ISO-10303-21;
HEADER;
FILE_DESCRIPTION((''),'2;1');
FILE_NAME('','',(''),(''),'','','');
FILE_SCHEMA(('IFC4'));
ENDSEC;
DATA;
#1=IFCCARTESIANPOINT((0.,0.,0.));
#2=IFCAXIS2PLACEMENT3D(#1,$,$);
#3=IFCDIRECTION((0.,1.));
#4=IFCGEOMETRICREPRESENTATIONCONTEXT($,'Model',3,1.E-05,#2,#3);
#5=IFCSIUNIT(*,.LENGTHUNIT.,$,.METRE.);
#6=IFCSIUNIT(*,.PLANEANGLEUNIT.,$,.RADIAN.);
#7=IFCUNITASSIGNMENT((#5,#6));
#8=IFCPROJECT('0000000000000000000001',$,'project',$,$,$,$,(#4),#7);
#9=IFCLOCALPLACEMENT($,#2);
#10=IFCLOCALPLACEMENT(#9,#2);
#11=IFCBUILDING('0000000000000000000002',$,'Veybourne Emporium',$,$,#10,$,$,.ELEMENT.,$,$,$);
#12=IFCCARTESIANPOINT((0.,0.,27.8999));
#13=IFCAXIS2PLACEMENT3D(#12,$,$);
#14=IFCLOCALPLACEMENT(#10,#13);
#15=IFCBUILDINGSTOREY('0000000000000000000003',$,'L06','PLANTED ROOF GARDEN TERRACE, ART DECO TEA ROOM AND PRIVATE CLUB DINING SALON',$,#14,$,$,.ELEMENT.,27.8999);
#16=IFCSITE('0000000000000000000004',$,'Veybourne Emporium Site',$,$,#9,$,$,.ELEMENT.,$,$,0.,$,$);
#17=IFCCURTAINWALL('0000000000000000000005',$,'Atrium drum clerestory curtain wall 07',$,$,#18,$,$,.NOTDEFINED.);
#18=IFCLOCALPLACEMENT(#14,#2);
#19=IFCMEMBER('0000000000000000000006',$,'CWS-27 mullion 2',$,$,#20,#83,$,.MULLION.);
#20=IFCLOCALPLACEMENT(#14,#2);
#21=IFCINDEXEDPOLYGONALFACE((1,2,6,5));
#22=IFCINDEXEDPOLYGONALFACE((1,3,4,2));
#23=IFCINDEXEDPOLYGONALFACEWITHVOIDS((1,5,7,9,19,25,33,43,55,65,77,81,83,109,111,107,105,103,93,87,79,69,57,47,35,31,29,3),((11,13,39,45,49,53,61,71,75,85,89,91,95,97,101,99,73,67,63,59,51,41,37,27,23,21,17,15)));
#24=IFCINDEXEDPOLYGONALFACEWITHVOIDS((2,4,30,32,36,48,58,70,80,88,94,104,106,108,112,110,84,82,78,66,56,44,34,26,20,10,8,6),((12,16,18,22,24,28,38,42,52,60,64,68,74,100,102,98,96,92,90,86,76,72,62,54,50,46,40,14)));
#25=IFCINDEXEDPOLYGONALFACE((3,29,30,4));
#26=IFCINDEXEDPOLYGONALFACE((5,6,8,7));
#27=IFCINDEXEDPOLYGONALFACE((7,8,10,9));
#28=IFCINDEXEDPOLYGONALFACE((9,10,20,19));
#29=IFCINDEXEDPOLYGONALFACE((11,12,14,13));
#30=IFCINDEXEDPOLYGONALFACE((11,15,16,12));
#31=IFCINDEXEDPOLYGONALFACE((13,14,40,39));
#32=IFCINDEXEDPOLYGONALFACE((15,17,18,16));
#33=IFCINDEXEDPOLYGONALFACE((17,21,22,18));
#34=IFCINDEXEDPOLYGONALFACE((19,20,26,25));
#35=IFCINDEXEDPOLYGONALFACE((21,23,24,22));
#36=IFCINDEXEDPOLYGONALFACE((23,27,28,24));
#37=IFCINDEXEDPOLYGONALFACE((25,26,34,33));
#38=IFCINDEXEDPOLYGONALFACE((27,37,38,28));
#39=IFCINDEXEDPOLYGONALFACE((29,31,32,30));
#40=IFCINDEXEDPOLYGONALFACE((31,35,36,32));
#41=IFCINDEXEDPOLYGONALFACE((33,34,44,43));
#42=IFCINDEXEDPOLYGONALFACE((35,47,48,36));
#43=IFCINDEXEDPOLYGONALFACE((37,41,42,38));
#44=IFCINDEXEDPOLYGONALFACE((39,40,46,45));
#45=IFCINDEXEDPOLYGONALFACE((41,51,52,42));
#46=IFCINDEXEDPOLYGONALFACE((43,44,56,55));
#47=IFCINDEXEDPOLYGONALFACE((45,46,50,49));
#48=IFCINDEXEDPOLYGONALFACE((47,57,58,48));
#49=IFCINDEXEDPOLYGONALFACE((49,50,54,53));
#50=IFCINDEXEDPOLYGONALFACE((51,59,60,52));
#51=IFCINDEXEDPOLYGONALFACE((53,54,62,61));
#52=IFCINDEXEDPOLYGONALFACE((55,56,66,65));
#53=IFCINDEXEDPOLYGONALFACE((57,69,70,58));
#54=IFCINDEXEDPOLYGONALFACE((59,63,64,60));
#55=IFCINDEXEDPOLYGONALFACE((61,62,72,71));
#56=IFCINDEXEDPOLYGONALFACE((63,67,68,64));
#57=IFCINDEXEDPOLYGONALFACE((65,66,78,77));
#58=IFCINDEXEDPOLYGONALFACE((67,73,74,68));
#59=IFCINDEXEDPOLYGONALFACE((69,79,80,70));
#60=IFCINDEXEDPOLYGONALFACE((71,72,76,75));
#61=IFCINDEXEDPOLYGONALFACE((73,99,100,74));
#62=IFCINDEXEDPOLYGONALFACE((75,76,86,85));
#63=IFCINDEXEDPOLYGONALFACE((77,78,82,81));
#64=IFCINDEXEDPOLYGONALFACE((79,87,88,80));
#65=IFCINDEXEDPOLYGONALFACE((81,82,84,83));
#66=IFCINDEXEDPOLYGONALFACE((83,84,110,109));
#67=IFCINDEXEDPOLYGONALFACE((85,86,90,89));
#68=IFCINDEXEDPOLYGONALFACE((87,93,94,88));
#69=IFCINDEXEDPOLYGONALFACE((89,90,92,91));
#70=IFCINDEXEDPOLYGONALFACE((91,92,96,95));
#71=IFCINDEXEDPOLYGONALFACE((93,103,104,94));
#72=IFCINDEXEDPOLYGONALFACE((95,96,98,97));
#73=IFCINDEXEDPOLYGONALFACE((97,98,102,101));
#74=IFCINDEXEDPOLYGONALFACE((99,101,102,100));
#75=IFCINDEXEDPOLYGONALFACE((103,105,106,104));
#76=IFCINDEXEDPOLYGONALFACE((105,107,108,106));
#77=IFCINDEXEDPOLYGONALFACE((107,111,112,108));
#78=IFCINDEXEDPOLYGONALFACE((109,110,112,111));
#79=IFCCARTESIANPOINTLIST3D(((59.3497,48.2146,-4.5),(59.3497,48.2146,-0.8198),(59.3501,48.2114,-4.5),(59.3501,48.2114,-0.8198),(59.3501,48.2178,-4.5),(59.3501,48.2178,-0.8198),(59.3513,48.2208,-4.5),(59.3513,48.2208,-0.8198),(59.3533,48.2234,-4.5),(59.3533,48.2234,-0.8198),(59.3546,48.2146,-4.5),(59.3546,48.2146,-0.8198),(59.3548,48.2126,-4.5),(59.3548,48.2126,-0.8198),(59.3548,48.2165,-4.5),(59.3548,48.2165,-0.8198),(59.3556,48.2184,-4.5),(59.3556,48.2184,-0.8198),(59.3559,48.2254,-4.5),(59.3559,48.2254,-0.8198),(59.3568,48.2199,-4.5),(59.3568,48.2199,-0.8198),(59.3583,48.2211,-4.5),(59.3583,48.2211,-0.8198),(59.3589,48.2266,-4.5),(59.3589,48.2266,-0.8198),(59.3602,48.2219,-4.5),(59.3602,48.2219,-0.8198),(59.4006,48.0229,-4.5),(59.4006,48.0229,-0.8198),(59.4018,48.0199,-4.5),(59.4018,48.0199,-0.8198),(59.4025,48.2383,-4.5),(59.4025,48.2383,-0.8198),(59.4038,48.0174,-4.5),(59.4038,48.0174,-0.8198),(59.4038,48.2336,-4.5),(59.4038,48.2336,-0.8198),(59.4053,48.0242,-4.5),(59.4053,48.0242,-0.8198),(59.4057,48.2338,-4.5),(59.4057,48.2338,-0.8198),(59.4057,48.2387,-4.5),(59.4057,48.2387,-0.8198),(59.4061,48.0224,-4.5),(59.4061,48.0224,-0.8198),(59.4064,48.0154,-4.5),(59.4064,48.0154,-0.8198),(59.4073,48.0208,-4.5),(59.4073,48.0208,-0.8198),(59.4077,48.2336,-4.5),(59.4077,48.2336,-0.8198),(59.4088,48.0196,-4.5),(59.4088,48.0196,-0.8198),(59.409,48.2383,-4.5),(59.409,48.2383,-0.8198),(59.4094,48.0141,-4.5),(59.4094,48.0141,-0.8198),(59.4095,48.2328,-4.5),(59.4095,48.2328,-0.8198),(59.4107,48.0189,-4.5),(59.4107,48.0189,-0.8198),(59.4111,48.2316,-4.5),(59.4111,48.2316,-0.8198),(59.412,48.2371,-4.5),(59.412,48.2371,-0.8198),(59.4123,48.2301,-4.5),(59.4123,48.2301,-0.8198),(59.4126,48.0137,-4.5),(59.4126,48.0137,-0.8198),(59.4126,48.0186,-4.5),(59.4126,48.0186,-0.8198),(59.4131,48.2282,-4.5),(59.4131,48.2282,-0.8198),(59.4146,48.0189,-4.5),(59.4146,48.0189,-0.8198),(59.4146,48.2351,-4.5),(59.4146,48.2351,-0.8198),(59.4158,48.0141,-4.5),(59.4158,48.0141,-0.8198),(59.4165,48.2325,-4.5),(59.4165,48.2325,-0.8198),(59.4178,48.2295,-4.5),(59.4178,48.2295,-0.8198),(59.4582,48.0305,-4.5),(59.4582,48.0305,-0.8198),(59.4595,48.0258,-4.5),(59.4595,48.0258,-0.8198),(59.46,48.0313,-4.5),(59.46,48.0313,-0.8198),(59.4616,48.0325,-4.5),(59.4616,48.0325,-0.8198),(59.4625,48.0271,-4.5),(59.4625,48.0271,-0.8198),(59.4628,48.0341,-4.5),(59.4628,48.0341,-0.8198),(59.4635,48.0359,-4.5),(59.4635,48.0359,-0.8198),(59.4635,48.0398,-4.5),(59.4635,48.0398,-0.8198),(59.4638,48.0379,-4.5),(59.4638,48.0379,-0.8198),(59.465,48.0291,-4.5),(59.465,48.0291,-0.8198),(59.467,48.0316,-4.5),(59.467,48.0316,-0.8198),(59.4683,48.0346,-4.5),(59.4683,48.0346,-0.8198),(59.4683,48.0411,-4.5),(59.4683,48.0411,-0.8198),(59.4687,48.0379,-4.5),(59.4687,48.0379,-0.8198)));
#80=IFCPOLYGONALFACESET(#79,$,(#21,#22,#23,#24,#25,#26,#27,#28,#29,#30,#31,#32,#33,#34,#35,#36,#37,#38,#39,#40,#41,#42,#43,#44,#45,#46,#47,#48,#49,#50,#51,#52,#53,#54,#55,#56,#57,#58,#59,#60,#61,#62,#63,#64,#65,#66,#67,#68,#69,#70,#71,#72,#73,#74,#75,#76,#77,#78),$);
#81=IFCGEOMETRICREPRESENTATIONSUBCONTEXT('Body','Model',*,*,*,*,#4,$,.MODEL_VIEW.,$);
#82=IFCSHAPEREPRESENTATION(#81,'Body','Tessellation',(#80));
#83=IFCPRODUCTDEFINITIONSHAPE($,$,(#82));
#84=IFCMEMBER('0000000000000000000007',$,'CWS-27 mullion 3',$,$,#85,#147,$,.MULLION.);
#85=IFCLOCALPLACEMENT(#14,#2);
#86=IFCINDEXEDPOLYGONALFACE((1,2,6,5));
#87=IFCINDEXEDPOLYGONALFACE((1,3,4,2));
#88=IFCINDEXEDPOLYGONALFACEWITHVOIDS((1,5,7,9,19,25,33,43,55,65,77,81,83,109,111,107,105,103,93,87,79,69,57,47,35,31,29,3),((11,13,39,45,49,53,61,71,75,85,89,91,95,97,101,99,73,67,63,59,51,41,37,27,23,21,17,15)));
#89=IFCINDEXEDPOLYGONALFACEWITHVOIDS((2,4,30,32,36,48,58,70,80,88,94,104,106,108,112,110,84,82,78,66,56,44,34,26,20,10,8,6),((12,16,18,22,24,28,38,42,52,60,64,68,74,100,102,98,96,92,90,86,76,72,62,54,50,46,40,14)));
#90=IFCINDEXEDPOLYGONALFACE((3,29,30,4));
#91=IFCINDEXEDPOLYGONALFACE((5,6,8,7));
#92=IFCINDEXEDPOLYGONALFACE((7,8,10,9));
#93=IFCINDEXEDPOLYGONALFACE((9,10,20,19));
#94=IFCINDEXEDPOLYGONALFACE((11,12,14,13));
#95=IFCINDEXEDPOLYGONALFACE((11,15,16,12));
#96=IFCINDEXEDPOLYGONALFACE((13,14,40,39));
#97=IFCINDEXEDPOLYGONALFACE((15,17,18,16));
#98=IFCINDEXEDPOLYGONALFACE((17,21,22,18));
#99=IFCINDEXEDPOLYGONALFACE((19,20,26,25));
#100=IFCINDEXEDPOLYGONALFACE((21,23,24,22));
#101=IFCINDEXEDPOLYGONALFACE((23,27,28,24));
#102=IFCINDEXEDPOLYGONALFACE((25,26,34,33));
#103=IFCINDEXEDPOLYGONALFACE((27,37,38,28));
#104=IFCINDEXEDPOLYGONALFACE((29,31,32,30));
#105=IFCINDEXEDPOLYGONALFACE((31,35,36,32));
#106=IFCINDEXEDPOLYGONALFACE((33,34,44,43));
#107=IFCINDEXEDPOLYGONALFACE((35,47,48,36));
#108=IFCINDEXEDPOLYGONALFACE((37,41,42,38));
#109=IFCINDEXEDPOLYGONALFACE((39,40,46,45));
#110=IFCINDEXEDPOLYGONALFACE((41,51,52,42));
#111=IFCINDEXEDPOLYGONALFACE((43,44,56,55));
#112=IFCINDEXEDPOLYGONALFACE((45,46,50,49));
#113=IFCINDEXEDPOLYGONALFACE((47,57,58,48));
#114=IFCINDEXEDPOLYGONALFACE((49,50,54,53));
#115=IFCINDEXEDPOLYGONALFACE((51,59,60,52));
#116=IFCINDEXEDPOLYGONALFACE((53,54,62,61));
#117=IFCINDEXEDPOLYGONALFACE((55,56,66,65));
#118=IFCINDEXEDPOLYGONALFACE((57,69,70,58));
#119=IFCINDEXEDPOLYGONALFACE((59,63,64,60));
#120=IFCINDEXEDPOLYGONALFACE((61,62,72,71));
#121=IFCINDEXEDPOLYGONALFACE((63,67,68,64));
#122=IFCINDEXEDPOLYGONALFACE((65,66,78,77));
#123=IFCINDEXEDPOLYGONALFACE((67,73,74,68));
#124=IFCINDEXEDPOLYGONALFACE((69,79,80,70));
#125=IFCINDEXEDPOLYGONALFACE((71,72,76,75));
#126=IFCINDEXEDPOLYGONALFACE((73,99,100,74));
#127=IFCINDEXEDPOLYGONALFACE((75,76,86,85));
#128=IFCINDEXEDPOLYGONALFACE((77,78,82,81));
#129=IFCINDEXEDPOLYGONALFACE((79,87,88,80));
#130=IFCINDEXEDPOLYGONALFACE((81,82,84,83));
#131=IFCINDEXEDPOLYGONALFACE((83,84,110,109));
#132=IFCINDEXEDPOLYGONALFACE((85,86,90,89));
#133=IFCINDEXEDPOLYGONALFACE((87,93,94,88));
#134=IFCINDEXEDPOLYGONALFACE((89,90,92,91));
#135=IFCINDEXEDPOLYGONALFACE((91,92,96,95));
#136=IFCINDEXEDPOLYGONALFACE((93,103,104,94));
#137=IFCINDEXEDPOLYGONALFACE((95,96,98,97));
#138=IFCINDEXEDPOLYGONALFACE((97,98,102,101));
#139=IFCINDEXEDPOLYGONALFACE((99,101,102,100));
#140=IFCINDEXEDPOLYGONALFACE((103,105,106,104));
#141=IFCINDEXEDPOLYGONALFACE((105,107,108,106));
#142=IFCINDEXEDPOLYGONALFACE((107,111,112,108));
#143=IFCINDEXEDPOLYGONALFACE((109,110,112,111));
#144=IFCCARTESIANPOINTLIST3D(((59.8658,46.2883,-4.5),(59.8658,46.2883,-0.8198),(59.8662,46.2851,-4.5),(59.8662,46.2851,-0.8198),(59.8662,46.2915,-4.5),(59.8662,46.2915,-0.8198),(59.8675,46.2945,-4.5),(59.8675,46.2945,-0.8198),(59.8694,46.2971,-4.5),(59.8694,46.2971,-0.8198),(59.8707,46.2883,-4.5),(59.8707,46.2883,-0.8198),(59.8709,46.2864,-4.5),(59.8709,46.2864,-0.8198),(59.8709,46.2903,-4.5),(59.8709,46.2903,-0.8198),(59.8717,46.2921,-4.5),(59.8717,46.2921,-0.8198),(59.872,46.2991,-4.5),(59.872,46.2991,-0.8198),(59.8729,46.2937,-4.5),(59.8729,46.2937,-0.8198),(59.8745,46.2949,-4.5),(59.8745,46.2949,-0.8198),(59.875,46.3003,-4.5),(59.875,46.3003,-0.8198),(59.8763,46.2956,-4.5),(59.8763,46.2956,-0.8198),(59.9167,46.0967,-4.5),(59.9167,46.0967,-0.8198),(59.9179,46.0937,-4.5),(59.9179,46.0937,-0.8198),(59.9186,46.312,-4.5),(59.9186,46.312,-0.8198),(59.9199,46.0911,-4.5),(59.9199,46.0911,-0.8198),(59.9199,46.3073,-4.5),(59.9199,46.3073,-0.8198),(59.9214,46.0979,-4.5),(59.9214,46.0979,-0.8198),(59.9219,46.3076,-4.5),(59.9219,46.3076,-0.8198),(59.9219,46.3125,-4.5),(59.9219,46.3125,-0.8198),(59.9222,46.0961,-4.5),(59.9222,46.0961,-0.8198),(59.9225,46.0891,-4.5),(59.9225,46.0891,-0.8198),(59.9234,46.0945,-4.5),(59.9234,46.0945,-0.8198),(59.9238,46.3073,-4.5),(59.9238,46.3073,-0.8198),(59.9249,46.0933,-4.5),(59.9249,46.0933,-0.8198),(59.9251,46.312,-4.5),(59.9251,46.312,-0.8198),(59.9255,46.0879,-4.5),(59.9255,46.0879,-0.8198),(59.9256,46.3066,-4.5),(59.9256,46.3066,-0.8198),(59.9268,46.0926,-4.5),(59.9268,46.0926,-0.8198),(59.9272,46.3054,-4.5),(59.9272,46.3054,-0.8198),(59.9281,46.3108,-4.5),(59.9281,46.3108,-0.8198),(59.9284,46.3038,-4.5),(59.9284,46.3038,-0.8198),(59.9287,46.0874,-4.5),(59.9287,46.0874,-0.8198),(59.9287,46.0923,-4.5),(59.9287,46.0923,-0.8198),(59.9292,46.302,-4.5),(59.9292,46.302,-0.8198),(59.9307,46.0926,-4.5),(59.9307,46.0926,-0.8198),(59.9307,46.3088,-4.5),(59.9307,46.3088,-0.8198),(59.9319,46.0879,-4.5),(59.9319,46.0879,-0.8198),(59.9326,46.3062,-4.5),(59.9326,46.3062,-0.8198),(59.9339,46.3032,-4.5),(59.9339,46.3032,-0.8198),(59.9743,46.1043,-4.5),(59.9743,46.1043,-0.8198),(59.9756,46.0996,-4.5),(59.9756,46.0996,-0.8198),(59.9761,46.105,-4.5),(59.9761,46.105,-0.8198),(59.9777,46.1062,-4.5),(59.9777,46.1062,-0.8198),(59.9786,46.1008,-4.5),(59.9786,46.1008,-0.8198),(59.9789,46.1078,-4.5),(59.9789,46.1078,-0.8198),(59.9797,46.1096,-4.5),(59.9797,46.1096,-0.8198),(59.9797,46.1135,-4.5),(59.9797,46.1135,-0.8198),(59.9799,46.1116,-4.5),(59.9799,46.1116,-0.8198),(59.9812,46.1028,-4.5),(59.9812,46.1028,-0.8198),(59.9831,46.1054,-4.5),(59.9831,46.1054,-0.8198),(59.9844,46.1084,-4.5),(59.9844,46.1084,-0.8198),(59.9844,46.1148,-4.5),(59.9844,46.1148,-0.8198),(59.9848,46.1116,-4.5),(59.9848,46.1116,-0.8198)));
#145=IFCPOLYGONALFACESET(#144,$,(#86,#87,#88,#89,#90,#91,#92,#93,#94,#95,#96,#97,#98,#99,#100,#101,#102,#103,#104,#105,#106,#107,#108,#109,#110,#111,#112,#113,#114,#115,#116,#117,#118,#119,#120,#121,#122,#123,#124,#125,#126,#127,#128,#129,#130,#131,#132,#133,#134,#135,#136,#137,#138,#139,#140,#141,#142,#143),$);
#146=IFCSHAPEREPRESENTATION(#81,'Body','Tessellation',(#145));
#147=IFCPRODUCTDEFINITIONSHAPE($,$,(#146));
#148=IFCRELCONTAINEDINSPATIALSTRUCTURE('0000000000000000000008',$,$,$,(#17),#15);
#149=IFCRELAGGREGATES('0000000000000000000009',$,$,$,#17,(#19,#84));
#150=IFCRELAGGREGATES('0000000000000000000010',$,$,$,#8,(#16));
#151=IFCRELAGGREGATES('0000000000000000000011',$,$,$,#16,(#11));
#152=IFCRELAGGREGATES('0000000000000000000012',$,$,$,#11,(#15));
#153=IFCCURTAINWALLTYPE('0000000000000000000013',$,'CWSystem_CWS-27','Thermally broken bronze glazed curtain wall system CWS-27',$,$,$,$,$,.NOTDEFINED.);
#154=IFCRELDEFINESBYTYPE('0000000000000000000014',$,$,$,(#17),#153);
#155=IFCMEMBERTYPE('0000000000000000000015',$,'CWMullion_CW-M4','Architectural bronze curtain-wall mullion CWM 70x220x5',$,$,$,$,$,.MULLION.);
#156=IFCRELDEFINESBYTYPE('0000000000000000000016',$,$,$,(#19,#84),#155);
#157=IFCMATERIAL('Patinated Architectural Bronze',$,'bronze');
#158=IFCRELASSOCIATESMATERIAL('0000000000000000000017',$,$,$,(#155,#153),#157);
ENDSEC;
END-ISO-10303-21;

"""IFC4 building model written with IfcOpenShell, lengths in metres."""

from ifc_helpers import new_model, si_unit, direction, frame, origin, origin_2d, place, context, subcontext, project, spatial, hollow_rectangle, extrude, material, material_profile, profile_set, type_object, element, aggregate, save


model = new_model("IFC4")

# Units and contexts
model_context = context("Model", 3, precision=1e-05, world=origin(), true_north=direction((0.0, 1.0)))
body_context = subcontext(model_context, "Body", "Model", "MODEL_VIEW")
ifc_project = project(units=[si_unit("LENGTHUNIT", "METRE"), si_unit("PLANEANGLEUNIT", "RADIAN")], contexts=[model_context])

# Site, building, storey
site_placement = place(None, origin())
site = spatial("IfcSite", under=ifc_project, at=site_placement, Name="Veybourne Emporium Site", CompositionType="ELEMENT", RefElevation=0.0)
building_placement = place(site_placement, origin())
building = spatial("IfcBuilding", under=site, at=building_placement, Name="Veybourne Emporium", CompositionType="ELEMENT")
storey_placement = place(building_placement, frame((0.0, 0.0, 27.8999)))
storey = spatial("IfcBuildingStorey", under=building, at=storey_placement, Name="L06", Description="PLANTED ROOF GARDEN TERRACE, ART DECO TEA ROOM AND PRIVATE CLUB DINING SALON", CompositionType="ELEMENT", Elevation=27.8999)

# Curtain wall, members
ifc_material_1 = material(Name="Patinated Architectural Bronze", Category="bronze")
ifc_material_profile_1 = material_profile(ifc_material_1, hollow_rectangle(XDim=0.0701, YDim=0.22, WallThickness=0.0049, InnerFilletRadius=0.0076, OuterFilletRadius=0.0125, at=origin_2d()), Name="CWM 70x220x5")
ifc_profile_set_1 = profile_set([ifc_material_profile_1], Name="Patinated Architectural Bronze")
member_type_1 = type_object("IfcMemberType", Name="CWMullion_CW-M4", Description="Architectural bronze curtain-wall mullion CWM 70x220x5", PredefinedType="MULLION", material=ifc_profile_set_1)
curtain_wall_type_1 = type_object("IfcCurtainWallType", Name="CWSystem_CWS-27", Description="Thermally broken bronze glazed curtain wall system CWS-27", PredefinedType="NOTDEFINED", material=ifc_material_1)
curtain_wall_1_placement = place(storey_placement, origin())
curtain_wall_1 = element("IfcCurtainWall", 1, at=curtain_wall_1_placement, inside=storey, type_object=curtain_wall_type_1, Name="Atrium drum clerestory curtain wall 07", PredefinedType="NOTDEFINED")
member_1_placement = place(storey_placement, frame((59.4092, 48.1262, -4.5), z_axis=(0.0, 0.0, 1.0), x_axis=(0.965926, 0.25882, 0.0)))
member_1 = element("IfcMember", 2, at=member_1_placement, type_object=member_type_1, Name="CWS-27 mullion 2", PredefinedType="MULLION", context=body_context, shape_type="SweptSolid", body=[
    extrude(hollow_rectangle(XDim=0.0701, YDim=0.22, WallThickness=0.0049, InnerFilletRadius=0.0076, OuterFilletRadius=0.0125, at=origin_2d()), origin(), (0.0, 0.0, 1.0), 3.6802),
])
member_2_placement = place(storey_placement, frame((59.9253, 46.2, -4.5), z_axis=(0.0, 0.0, 1.0), x_axis=(0.965926, 0.25882, 0.0)))
member_2 = element("IfcMember", 3, at=member_2_placement, type_object=member_type_1, Name="CWS-27 mullion 3", PredefinedType="MULLION", context=body_context, shape_type="SweptSolid", body=[
    extrude(hollow_rectangle(XDim=0.0701, YDim=0.22, WallThickness=0.0049, InnerFilletRadius=0.0076, OuterFilletRadius=0.0125, at=origin_2d()), origin(), (0.0, 0.0, 1.0), 3.6802),
])

aggregate(curtain_wall_1, [member_1, member_2])

save(model, "model.ifc")
